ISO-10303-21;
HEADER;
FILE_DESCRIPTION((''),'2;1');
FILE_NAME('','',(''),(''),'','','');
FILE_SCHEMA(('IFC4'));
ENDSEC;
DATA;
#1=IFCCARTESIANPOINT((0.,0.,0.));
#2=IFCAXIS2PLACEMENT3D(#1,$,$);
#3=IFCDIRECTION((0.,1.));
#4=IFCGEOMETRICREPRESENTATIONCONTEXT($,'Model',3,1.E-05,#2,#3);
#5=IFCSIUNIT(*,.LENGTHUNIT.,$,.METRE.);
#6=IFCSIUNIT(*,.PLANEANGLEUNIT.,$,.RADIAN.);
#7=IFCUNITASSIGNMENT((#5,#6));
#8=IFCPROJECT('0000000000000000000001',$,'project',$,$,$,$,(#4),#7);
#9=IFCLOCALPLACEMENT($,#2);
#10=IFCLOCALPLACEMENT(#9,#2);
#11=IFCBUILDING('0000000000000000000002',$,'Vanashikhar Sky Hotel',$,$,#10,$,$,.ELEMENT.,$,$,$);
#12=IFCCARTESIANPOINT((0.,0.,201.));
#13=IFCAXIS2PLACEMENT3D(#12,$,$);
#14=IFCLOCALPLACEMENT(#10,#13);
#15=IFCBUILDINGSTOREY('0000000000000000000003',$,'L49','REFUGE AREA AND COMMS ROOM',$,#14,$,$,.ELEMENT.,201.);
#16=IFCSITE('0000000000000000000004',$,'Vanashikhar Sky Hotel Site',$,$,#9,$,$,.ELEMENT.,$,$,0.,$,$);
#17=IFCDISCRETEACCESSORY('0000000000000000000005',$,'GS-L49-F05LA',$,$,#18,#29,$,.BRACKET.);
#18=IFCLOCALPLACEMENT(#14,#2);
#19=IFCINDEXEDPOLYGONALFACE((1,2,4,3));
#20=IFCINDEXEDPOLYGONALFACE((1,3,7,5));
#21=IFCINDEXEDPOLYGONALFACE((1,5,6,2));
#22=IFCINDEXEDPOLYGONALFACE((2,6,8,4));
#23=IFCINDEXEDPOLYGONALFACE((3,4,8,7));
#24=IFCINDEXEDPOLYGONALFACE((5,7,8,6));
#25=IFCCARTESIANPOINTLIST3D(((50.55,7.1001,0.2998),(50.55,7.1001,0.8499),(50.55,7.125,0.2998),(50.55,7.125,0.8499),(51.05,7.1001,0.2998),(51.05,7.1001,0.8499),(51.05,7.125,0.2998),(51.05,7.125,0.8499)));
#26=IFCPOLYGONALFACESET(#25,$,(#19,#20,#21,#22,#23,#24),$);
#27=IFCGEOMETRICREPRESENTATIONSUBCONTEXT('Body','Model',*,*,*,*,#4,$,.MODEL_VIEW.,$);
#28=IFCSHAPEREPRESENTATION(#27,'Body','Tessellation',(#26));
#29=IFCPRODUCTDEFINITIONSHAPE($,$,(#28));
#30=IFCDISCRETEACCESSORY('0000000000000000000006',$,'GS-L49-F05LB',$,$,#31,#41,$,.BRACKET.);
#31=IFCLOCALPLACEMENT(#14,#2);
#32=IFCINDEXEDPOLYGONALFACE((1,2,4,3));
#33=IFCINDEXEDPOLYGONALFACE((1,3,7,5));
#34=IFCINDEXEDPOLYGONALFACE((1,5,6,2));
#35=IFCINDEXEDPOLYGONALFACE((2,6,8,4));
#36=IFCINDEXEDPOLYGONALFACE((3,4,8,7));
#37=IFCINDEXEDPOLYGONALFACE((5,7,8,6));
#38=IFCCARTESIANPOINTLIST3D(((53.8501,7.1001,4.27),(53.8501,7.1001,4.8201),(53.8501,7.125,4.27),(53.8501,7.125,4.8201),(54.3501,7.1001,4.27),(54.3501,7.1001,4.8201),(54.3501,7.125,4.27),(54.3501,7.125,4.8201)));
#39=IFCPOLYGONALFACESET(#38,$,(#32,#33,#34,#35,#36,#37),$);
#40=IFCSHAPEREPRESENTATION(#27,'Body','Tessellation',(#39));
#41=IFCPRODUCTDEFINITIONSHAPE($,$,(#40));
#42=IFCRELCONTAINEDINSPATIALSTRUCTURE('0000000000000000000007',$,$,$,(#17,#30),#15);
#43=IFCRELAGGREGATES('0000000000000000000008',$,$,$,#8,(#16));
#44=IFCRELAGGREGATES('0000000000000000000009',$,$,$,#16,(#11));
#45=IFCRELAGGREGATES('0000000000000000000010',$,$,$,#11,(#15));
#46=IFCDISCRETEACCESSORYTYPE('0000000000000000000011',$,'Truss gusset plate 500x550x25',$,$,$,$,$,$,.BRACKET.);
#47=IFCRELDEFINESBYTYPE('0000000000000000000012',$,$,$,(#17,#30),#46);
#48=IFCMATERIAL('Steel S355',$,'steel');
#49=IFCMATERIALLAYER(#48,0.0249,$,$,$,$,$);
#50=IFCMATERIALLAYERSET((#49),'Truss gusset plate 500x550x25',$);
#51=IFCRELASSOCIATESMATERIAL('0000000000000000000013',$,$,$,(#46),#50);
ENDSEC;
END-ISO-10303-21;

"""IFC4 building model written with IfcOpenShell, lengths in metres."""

from ifc_helpers import new_model, si_unit, direction, frame, origin, origin_2d, place, context, subcontext, project, spatial, rectangle, extrude, source, transform, mapped, material, layer, layer_set, type_object, element, save


model = new_model("IFC4")

# Units and contexts
model_context = context("Model", 3, precision=1e-05, world=origin(), true_north=direction((0.0, 1.0)))
body_context = subcontext(model_context, "Body", "Model", "MODEL_VIEW")
ifc_project = project(units=[si_unit("LENGTHUNIT", "METRE"), si_unit("PLANEANGLEUNIT", "RADIAN")], contexts=[model_context])

# Site, building, storey
site_placement = place(None, origin())
site = spatial("IfcSite", under=ifc_project, at=site_placement, Name="Vanashikhar Sky Hotel Site", CompositionType="ELEMENT", RefElevation=0.0)
building_placement = place(site_placement, origin())
building = spatial("IfcBuilding", under=site, at=building_placement, Name="Vanashikhar Sky Hotel", CompositionType="ELEMENT")
storey_placement = place(building_placement, frame((0.0, 0.0, 201.0)))
storey = spatial("IfcBuildingStorey", under=building, at=storey_placement, Name="L49", Description="REFUGE AREA AND COMMS ROOM", CompositionType="ELEMENT", Elevation=201.0)

# Shared definitions
ifc_material_1 = material(Name="Steel S355", Category="steel")

# Discrete accessories
ifc_layer_1 = layer(ifc_material_1, 0.0249)
ifc_layer_set_1 = layer_set([ifc_layer_1], Name="Truss gusset plate 500x550x25")
discrete_accessory_type_1 = type_object("IfcDiscreteAccessoryType", Name="Truss gusset plate 500x550x25", PredefinedType="BRACKET", material=ifc_layer_set_1)
shared_shape_1 = source(origin(), body_context, "Body", "SweptSolid", [
    extrude(rectangle(XDim=0.5, YDim=0.0249, at=origin_2d()), origin(), (0.0, 0.0, 1.0), 0.55),
])
for number, where, z_axis, x_axis, name in (
    (1, (50.8, 7.1125, 0.2998), (0.0, 0.0, 1.0), (1.0, 0.0, 0.0), "GS-L49-F05LA"),
    (2, (54.1001, 7.1125, 4.27), (0.0, 0.0, 1.0), (1.0, 0.0, 0.0), "GS-L49-F05LB"),
):
    element("IfcDiscreteAccessory", number, at=place(storey_placement, frame(where, z_axis=z_axis, x_axis=x_axis)), inside=storey, type_object=discrete_accessory_type_1, Name=name, PredefinedType="BRACKET", context=body_context, shape_type="MappedRepresentation", body=[
        mapped(shared_shape_1, transform((0.0, 0.0, 0.0), scale=1.0)),
    ])

save(model, "model.ifc")
